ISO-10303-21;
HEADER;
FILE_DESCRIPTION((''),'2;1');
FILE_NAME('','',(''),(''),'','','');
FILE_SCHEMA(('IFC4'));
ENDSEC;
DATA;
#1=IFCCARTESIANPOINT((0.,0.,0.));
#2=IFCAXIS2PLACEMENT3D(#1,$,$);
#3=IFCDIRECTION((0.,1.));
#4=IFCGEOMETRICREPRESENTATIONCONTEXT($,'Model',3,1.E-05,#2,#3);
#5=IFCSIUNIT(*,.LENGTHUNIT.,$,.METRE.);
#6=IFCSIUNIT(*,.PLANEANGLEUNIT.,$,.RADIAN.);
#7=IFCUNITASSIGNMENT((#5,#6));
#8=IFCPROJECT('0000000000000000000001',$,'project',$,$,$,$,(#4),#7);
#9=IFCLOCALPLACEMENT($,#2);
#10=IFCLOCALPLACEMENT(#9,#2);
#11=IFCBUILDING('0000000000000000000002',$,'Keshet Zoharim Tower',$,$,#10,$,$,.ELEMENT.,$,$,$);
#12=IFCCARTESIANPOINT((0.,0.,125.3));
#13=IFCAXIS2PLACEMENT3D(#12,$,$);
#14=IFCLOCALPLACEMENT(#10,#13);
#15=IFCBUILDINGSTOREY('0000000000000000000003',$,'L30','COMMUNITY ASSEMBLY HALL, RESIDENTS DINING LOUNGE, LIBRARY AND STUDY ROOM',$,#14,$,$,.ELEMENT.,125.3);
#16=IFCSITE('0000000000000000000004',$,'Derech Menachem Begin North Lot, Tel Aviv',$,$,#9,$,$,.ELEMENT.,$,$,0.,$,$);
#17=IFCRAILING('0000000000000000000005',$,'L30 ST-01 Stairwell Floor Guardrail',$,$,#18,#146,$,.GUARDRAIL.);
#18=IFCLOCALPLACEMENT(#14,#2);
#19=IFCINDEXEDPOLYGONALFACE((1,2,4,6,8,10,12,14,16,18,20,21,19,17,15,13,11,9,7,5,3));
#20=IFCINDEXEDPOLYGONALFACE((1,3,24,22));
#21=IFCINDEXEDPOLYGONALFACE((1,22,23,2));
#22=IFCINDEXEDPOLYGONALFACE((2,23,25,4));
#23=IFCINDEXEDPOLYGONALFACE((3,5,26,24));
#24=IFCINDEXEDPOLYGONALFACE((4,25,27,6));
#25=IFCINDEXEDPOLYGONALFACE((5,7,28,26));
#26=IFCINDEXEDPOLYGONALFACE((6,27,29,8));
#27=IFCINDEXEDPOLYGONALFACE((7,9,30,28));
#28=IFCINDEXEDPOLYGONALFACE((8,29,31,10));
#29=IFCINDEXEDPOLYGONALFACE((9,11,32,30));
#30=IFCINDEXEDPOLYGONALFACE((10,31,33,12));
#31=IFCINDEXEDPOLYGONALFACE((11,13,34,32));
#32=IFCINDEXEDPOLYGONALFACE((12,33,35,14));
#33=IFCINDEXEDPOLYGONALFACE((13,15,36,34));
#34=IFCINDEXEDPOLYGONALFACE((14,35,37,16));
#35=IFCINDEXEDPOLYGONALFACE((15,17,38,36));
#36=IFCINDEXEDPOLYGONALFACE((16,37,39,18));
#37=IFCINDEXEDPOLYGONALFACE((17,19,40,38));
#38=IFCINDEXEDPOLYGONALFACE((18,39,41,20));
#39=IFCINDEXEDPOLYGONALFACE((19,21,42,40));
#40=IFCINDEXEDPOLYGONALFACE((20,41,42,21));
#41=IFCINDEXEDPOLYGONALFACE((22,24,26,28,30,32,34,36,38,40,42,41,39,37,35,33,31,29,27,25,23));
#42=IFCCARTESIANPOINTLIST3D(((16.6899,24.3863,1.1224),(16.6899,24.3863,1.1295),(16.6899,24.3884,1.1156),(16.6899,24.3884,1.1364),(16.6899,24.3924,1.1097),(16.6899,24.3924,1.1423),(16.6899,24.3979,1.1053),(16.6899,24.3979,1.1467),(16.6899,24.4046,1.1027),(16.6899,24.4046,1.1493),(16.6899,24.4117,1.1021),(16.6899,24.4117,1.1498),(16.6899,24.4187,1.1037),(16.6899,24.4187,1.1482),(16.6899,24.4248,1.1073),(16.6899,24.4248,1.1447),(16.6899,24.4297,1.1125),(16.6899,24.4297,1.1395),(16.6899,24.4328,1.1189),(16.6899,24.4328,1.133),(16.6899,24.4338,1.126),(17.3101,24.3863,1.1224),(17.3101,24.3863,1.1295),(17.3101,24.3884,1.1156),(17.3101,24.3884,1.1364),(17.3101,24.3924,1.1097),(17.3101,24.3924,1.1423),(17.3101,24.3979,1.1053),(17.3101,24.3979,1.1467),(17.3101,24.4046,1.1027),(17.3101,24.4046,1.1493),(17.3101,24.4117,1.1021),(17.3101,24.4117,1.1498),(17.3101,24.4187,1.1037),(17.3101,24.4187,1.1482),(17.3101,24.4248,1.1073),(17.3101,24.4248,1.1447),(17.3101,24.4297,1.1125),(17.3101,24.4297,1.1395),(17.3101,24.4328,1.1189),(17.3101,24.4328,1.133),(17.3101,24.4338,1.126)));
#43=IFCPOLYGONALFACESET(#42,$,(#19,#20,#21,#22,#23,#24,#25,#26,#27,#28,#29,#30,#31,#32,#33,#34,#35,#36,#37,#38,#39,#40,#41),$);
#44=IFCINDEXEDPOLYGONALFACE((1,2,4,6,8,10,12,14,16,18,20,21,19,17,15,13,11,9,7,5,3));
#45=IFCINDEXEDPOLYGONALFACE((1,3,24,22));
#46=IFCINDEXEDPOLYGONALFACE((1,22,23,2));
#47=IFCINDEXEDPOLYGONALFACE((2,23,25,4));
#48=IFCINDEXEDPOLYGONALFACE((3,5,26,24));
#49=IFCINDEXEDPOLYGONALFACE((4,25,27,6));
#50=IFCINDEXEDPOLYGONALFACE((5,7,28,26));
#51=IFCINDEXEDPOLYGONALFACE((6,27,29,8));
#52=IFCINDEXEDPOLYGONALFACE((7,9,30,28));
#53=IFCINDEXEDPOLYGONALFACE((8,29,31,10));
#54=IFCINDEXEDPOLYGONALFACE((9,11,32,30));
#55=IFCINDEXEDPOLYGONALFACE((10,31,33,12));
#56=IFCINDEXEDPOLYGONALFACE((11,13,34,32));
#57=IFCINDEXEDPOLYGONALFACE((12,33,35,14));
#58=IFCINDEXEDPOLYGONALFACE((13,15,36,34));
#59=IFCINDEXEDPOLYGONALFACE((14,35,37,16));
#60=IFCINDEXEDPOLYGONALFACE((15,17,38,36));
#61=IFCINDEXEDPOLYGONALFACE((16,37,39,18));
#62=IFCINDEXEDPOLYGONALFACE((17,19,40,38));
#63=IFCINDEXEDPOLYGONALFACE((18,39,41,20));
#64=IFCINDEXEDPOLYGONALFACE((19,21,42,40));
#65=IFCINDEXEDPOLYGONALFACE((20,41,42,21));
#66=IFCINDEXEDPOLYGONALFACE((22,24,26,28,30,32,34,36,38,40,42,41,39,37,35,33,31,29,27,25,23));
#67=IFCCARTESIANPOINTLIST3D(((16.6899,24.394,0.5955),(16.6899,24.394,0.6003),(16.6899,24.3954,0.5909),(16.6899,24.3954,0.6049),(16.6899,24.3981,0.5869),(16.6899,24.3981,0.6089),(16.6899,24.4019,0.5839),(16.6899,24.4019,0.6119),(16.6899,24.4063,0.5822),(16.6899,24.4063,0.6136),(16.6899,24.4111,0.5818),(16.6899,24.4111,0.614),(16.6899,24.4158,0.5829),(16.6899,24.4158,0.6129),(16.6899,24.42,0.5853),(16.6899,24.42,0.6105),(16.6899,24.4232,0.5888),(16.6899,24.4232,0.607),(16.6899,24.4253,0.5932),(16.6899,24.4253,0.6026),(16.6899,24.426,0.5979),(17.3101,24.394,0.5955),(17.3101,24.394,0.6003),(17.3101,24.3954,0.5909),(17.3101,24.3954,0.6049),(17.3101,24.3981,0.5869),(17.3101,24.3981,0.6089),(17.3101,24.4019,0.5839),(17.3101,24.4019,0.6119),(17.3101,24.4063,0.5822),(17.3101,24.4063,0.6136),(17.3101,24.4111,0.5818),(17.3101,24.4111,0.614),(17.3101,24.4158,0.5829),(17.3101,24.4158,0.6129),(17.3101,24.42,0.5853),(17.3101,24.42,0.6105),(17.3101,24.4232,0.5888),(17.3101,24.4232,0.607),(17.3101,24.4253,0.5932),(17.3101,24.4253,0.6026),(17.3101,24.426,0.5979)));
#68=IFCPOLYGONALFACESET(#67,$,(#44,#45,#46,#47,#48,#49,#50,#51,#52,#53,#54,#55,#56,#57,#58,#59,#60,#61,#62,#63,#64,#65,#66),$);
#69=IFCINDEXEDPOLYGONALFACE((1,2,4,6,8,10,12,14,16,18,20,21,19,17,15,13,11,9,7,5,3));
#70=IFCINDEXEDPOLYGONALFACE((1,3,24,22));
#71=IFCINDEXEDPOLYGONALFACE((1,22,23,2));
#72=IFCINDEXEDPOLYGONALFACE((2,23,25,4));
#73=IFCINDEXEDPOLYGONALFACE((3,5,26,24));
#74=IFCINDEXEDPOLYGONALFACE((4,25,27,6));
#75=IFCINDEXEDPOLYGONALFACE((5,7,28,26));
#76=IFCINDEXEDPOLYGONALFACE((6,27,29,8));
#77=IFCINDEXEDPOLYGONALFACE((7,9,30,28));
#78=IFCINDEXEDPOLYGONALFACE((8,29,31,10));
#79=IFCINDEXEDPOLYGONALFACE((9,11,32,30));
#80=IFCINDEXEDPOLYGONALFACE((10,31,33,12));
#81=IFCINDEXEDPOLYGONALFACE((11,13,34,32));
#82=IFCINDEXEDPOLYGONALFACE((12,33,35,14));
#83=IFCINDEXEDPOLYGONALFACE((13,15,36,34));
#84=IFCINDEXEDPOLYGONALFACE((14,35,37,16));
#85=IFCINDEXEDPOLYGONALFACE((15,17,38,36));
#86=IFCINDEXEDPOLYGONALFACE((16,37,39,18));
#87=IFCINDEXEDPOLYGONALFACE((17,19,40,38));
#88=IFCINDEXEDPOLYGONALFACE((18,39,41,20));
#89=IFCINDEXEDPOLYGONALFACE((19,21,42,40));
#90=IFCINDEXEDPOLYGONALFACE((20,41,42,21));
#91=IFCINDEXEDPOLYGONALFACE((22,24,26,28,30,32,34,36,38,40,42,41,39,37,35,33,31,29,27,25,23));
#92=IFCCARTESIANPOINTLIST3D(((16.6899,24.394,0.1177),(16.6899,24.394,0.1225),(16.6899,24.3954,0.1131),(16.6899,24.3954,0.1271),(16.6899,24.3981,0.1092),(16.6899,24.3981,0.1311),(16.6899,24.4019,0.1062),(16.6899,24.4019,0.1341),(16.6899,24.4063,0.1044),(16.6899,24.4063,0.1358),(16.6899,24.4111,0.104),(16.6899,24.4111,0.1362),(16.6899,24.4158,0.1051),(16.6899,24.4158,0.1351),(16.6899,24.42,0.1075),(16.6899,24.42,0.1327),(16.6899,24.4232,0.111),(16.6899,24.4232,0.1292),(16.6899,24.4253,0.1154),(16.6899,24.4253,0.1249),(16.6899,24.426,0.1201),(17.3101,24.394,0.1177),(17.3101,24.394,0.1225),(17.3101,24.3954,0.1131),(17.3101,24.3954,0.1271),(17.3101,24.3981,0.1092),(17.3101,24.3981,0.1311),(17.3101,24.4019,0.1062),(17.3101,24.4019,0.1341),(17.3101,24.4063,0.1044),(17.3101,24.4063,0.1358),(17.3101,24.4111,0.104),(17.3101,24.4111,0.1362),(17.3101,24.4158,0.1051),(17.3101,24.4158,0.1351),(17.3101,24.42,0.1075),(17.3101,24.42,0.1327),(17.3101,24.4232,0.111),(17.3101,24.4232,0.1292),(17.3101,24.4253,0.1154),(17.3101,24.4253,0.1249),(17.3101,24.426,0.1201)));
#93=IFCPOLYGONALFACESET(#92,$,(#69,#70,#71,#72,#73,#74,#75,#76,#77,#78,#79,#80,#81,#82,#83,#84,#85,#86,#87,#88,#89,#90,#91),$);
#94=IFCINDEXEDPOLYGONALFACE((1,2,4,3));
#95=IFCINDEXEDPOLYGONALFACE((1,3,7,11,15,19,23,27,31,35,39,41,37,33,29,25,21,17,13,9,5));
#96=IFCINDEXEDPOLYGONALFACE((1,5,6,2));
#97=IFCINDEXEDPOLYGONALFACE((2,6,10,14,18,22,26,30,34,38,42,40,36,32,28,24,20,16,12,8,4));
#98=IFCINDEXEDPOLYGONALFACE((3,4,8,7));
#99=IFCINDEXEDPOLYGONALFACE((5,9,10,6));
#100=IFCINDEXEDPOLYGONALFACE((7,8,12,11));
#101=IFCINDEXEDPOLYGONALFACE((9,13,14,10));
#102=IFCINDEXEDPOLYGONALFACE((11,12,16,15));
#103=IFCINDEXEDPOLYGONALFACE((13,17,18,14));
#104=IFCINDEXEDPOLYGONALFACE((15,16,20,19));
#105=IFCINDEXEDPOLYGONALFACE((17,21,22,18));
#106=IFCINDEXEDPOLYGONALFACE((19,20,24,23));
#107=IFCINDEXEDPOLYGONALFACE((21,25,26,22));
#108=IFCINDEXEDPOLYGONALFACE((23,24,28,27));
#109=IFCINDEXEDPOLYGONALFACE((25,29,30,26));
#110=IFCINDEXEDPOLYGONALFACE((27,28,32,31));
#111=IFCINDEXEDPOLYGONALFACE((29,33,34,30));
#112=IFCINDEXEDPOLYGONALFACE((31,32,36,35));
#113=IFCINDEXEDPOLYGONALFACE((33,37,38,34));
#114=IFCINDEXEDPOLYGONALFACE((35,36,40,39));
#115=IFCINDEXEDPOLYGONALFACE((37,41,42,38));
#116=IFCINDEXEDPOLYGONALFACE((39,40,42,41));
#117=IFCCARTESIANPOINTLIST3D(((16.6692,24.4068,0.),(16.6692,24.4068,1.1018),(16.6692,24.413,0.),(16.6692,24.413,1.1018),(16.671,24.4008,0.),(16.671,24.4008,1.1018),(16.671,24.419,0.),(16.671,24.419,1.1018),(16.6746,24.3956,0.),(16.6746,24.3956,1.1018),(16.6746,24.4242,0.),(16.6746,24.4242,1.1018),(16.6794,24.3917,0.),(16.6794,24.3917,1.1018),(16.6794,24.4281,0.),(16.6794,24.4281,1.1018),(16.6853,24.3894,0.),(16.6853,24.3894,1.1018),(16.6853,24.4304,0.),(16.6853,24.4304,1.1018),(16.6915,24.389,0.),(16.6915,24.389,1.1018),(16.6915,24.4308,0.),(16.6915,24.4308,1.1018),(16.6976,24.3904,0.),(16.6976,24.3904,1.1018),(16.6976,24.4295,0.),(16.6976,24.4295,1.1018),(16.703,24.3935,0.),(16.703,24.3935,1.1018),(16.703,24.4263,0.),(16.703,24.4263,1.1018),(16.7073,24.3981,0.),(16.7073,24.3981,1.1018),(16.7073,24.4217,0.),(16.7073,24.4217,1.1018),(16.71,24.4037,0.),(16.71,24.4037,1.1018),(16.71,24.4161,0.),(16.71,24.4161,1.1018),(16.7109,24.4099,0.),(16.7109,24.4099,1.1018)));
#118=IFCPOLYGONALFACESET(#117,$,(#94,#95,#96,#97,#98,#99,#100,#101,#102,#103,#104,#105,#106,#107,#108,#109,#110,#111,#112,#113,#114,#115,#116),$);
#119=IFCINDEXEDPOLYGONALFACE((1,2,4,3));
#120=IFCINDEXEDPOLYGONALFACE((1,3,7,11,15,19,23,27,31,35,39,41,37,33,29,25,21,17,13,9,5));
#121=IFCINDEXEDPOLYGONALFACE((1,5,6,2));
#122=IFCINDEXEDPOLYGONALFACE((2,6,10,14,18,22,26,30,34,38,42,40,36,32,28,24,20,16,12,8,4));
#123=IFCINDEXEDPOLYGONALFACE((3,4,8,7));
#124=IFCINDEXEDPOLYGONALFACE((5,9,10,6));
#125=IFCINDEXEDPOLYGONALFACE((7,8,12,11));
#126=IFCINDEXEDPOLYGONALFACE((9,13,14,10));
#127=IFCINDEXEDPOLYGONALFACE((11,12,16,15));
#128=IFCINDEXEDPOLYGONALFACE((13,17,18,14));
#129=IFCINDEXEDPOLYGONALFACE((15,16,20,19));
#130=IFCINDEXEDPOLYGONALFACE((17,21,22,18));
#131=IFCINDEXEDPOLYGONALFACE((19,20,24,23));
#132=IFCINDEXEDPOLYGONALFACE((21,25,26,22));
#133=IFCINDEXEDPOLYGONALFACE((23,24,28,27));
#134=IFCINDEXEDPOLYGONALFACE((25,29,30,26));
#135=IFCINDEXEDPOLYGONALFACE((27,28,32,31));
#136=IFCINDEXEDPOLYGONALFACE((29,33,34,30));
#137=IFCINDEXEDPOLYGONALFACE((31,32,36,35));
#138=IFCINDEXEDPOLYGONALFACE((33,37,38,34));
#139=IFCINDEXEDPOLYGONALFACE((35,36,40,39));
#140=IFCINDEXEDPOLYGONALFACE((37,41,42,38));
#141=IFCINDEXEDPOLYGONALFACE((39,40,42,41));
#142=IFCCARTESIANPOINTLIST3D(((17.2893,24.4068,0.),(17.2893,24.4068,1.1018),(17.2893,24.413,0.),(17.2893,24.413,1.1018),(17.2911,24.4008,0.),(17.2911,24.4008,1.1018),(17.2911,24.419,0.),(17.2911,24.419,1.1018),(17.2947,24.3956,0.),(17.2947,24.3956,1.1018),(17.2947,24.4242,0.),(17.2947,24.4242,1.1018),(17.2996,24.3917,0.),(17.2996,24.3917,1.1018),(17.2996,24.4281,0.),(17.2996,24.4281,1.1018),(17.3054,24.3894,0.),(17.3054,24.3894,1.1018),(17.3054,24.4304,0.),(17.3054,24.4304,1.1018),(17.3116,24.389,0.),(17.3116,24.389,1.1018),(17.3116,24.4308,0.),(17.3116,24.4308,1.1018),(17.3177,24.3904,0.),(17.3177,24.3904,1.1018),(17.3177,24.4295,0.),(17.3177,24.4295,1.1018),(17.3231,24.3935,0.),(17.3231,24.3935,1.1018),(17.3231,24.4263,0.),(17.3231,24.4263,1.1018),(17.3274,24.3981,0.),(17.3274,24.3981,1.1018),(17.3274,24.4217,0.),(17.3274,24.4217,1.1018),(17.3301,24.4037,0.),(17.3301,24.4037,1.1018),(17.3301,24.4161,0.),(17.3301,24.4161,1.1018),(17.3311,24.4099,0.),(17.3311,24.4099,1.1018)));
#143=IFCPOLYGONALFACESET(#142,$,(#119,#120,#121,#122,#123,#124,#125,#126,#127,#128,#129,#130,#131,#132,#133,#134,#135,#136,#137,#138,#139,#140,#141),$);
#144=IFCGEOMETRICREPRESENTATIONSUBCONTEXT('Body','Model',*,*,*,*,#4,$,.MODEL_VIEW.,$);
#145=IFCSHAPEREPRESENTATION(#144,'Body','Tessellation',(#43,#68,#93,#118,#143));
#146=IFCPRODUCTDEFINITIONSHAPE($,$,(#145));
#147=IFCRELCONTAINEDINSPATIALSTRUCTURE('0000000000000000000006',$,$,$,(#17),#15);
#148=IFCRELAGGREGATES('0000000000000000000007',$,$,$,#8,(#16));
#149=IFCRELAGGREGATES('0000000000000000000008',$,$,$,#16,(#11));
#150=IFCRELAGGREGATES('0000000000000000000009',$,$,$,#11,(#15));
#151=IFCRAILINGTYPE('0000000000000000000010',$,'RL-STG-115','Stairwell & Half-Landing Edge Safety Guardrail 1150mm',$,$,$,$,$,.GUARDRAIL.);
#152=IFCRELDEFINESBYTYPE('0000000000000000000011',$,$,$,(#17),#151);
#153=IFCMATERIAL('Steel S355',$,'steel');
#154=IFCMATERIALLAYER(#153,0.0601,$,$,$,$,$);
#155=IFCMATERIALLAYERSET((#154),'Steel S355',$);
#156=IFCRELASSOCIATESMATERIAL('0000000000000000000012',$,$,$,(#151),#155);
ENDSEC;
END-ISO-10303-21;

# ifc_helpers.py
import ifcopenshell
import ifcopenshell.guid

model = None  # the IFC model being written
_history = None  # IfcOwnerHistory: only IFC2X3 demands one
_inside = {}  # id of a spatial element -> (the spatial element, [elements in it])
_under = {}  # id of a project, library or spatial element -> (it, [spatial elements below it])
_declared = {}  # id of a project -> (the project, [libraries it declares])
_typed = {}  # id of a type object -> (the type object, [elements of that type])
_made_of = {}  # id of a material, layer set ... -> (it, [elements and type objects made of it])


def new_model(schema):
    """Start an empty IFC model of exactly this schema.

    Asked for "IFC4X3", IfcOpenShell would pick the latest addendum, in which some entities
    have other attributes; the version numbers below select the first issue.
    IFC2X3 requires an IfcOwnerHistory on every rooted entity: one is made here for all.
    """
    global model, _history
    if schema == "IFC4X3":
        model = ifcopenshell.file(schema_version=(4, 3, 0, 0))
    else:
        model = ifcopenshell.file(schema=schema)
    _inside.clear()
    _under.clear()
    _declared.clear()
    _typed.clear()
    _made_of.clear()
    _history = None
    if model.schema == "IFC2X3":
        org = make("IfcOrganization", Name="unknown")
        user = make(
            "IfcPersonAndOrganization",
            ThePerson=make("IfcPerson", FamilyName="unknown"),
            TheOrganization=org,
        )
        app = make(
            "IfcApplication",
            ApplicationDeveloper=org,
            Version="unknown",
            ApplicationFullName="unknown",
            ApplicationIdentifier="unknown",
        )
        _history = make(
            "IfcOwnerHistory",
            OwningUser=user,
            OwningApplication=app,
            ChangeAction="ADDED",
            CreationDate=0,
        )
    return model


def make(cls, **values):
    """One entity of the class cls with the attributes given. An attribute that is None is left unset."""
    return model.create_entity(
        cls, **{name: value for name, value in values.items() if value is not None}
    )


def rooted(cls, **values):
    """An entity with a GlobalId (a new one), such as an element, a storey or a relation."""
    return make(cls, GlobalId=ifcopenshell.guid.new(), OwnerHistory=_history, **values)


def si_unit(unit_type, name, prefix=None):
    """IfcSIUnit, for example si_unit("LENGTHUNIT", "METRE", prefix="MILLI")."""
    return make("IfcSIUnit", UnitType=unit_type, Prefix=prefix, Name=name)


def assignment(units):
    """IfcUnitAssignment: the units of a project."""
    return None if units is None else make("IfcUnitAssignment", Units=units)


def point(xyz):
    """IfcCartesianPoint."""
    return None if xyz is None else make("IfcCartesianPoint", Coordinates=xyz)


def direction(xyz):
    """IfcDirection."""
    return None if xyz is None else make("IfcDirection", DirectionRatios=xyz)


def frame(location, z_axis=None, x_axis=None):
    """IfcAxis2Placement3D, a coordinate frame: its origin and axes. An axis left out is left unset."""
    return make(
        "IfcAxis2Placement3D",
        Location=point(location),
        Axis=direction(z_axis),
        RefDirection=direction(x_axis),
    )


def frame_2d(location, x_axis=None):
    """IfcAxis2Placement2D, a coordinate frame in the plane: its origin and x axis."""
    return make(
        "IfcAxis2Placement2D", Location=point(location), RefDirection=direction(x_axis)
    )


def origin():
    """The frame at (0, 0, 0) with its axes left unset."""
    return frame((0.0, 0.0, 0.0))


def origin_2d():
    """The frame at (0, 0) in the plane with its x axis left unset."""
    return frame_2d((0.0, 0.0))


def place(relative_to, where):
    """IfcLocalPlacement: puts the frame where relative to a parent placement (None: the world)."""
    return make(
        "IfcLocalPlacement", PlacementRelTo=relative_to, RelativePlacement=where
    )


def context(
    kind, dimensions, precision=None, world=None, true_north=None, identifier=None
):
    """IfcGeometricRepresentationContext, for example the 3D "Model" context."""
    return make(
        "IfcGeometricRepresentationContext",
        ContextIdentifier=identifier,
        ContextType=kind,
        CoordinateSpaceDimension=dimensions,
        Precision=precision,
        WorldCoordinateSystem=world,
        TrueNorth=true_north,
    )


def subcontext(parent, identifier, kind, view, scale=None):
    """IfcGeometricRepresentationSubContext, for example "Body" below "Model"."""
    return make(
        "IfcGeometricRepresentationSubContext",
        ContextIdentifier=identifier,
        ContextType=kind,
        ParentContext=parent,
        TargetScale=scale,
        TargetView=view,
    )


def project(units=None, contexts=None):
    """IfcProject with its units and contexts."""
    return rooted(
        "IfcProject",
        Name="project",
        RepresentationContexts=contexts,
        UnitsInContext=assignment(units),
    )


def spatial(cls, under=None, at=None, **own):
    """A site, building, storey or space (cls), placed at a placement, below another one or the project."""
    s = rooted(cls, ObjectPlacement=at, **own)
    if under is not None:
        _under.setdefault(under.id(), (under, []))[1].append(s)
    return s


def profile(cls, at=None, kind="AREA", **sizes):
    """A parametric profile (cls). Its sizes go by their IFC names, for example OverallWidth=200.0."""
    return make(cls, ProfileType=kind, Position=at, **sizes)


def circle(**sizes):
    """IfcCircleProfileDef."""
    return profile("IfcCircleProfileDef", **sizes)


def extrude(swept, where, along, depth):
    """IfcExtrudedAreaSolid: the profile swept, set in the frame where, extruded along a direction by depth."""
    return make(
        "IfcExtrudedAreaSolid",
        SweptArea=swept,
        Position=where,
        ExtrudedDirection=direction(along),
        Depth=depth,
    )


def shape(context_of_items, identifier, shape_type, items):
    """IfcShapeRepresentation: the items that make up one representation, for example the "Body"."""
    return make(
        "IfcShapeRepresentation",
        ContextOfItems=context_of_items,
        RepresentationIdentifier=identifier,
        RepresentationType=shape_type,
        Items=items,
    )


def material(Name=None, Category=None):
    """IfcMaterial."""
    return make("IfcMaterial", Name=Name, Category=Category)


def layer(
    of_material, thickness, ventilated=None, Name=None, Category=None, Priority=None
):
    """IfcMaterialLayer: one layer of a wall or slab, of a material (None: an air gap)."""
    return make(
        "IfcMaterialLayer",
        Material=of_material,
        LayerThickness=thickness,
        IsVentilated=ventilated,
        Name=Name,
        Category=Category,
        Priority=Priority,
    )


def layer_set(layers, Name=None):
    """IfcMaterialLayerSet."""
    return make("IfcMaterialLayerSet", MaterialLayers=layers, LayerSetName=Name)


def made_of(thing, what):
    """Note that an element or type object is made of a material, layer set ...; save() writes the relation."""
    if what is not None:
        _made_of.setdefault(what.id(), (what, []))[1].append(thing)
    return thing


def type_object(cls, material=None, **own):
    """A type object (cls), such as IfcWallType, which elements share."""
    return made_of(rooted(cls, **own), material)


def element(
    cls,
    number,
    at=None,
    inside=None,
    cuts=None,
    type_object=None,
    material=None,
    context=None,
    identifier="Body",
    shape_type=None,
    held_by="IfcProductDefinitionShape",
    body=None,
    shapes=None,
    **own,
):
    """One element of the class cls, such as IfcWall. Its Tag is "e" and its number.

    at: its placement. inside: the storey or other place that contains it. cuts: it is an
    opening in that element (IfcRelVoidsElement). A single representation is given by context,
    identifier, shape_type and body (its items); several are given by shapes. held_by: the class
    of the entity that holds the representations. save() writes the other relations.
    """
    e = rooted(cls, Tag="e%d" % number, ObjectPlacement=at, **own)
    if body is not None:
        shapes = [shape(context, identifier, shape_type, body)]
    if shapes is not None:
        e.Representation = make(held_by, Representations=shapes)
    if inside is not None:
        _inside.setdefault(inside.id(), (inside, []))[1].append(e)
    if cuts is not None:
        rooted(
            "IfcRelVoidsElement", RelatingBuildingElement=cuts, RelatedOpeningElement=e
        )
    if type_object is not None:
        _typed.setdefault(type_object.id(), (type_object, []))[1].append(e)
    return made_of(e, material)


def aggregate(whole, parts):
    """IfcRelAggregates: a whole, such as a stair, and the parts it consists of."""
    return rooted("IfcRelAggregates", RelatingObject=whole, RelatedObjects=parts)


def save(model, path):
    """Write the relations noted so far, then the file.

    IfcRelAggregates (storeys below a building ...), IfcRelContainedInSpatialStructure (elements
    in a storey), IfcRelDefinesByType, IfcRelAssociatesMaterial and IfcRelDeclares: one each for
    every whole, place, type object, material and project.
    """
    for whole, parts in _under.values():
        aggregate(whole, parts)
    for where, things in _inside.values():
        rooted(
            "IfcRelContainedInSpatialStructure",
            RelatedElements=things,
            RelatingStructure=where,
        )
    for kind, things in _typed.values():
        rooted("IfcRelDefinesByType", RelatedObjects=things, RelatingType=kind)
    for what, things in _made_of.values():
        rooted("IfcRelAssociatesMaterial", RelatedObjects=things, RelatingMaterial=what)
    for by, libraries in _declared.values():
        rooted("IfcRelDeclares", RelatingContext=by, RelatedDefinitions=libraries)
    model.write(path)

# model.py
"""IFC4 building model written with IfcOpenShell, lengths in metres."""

from ifc_helpers import new_model, si_unit, direction, frame, origin, origin_2d, place, context, subcontext, project, spatial, circle, extrude, material, layer, layer_set, type_object, element, save


model = new_model("IFC4")

# Units and contexts
model_context = context("Model", 3, precision=1e-05, world=origin(), true_north=direction((0.0, 1.0)))
body_context = subcontext(model_context, "Body", "Model", "MODEL_VIEW")
ifc_project = project(units=[si_unit("LENGTHUNIT", "METRE"), si_unit("PLANEANGLEUNIT", "RADIAN")], contexts=[model_context])

# Site, building, storey
site_placement = place(None, origin())
site = spatial("IfcSite", under=ifc_project, at=site_placement, Name="Derech Menachem Begin North Lot, Tel Aviv", CompositionType="ELEMENT", RefElevation=0.0)
building_placement = place(site_placement, origin())
building = spatial("IfcBuilding", under=site, at=building_placement, Name="Keshet Zoharim Tower", CompositionType="ELEMENT")
storey_placement = place(building_placement, frame((0.0, 0.0, 125.3)))
storey = spatial("IfcBuildingStorey", under=building, at=storey_placement, Name="L30", Description="COMMUNITY ASSEMBLY HALL, RESIDENTS DINING LOUNGE, LIBRARY AND STUDY ROOM", CompositionType="ELEMENT", Elevation=125.3)

# Railing
ifc_material_1 = material(Name="Steel S355", Category="steel")
ifc_layer_1 = layer(ifc_material_1, 0.0601)
ifc_layer_set_1 = layer_set([ifc_layer_1], Name="Steel S355")
railing_type_1 = type_object("IfcRailingType", Name="RL-STG-115", Description="Stairwell & Half-Landing Edge Safety Guardrail 1150mm", PredefinedType="GUARDRAIL", material=ifc_layer_set_1)
railing_1_placement = place(storey_placement, frame((16.6899, 24.4099, 0.0)))
element("IfcRailing", 1, at=railing_1_placement, inside=storey, type_object=railing_type_1, Name="L30 ST-01 Stairwell Floor Guardrail", PredefinedType="GUARDRAIL", context=body_context, shape_type="SweptSolid", body=[
    extrude(circle(Radius=0.0239, at=origin_2d()), frame((0.0, 0.0, 1.126), z_axis=(1.0, 0.0, 0.0), x_axis=(0.0, 1.0, 0.0)), (0.0, 0.0, 1.0), 0.6201),
    extrude(circle(Radius=0.0161, at=origin_2d()), frame((0.0, 0.0, 0.5979), z_axis=(1.0, 0.0, 0.0), x_axis=(0.0, 1.0, 0.0)), (0.0, 0.0, 1.0), 0.6201),
    extrude(circle(Radius=0.0161, at=origin_2d()), frame((0.0, 0.0, 0.1201), z_axis=(1.0, 0.0, 0.0), x_axis=(0.0, 1.0, 0.0)), (0.0, 0.0, 1.0), 0.6201),
    extrude(circle(Radius=0.021, at=origin_2d()), origin(), (0.0, 0.0, 1.0), 1.1018),
    extrude(circle(Radius=0.021, at=origin_2d()), frame((0.6201, 0.0, 0.0)), (0.0, 0.0, 1.0), 1.1018),
])

save(model, "model.ifc")
